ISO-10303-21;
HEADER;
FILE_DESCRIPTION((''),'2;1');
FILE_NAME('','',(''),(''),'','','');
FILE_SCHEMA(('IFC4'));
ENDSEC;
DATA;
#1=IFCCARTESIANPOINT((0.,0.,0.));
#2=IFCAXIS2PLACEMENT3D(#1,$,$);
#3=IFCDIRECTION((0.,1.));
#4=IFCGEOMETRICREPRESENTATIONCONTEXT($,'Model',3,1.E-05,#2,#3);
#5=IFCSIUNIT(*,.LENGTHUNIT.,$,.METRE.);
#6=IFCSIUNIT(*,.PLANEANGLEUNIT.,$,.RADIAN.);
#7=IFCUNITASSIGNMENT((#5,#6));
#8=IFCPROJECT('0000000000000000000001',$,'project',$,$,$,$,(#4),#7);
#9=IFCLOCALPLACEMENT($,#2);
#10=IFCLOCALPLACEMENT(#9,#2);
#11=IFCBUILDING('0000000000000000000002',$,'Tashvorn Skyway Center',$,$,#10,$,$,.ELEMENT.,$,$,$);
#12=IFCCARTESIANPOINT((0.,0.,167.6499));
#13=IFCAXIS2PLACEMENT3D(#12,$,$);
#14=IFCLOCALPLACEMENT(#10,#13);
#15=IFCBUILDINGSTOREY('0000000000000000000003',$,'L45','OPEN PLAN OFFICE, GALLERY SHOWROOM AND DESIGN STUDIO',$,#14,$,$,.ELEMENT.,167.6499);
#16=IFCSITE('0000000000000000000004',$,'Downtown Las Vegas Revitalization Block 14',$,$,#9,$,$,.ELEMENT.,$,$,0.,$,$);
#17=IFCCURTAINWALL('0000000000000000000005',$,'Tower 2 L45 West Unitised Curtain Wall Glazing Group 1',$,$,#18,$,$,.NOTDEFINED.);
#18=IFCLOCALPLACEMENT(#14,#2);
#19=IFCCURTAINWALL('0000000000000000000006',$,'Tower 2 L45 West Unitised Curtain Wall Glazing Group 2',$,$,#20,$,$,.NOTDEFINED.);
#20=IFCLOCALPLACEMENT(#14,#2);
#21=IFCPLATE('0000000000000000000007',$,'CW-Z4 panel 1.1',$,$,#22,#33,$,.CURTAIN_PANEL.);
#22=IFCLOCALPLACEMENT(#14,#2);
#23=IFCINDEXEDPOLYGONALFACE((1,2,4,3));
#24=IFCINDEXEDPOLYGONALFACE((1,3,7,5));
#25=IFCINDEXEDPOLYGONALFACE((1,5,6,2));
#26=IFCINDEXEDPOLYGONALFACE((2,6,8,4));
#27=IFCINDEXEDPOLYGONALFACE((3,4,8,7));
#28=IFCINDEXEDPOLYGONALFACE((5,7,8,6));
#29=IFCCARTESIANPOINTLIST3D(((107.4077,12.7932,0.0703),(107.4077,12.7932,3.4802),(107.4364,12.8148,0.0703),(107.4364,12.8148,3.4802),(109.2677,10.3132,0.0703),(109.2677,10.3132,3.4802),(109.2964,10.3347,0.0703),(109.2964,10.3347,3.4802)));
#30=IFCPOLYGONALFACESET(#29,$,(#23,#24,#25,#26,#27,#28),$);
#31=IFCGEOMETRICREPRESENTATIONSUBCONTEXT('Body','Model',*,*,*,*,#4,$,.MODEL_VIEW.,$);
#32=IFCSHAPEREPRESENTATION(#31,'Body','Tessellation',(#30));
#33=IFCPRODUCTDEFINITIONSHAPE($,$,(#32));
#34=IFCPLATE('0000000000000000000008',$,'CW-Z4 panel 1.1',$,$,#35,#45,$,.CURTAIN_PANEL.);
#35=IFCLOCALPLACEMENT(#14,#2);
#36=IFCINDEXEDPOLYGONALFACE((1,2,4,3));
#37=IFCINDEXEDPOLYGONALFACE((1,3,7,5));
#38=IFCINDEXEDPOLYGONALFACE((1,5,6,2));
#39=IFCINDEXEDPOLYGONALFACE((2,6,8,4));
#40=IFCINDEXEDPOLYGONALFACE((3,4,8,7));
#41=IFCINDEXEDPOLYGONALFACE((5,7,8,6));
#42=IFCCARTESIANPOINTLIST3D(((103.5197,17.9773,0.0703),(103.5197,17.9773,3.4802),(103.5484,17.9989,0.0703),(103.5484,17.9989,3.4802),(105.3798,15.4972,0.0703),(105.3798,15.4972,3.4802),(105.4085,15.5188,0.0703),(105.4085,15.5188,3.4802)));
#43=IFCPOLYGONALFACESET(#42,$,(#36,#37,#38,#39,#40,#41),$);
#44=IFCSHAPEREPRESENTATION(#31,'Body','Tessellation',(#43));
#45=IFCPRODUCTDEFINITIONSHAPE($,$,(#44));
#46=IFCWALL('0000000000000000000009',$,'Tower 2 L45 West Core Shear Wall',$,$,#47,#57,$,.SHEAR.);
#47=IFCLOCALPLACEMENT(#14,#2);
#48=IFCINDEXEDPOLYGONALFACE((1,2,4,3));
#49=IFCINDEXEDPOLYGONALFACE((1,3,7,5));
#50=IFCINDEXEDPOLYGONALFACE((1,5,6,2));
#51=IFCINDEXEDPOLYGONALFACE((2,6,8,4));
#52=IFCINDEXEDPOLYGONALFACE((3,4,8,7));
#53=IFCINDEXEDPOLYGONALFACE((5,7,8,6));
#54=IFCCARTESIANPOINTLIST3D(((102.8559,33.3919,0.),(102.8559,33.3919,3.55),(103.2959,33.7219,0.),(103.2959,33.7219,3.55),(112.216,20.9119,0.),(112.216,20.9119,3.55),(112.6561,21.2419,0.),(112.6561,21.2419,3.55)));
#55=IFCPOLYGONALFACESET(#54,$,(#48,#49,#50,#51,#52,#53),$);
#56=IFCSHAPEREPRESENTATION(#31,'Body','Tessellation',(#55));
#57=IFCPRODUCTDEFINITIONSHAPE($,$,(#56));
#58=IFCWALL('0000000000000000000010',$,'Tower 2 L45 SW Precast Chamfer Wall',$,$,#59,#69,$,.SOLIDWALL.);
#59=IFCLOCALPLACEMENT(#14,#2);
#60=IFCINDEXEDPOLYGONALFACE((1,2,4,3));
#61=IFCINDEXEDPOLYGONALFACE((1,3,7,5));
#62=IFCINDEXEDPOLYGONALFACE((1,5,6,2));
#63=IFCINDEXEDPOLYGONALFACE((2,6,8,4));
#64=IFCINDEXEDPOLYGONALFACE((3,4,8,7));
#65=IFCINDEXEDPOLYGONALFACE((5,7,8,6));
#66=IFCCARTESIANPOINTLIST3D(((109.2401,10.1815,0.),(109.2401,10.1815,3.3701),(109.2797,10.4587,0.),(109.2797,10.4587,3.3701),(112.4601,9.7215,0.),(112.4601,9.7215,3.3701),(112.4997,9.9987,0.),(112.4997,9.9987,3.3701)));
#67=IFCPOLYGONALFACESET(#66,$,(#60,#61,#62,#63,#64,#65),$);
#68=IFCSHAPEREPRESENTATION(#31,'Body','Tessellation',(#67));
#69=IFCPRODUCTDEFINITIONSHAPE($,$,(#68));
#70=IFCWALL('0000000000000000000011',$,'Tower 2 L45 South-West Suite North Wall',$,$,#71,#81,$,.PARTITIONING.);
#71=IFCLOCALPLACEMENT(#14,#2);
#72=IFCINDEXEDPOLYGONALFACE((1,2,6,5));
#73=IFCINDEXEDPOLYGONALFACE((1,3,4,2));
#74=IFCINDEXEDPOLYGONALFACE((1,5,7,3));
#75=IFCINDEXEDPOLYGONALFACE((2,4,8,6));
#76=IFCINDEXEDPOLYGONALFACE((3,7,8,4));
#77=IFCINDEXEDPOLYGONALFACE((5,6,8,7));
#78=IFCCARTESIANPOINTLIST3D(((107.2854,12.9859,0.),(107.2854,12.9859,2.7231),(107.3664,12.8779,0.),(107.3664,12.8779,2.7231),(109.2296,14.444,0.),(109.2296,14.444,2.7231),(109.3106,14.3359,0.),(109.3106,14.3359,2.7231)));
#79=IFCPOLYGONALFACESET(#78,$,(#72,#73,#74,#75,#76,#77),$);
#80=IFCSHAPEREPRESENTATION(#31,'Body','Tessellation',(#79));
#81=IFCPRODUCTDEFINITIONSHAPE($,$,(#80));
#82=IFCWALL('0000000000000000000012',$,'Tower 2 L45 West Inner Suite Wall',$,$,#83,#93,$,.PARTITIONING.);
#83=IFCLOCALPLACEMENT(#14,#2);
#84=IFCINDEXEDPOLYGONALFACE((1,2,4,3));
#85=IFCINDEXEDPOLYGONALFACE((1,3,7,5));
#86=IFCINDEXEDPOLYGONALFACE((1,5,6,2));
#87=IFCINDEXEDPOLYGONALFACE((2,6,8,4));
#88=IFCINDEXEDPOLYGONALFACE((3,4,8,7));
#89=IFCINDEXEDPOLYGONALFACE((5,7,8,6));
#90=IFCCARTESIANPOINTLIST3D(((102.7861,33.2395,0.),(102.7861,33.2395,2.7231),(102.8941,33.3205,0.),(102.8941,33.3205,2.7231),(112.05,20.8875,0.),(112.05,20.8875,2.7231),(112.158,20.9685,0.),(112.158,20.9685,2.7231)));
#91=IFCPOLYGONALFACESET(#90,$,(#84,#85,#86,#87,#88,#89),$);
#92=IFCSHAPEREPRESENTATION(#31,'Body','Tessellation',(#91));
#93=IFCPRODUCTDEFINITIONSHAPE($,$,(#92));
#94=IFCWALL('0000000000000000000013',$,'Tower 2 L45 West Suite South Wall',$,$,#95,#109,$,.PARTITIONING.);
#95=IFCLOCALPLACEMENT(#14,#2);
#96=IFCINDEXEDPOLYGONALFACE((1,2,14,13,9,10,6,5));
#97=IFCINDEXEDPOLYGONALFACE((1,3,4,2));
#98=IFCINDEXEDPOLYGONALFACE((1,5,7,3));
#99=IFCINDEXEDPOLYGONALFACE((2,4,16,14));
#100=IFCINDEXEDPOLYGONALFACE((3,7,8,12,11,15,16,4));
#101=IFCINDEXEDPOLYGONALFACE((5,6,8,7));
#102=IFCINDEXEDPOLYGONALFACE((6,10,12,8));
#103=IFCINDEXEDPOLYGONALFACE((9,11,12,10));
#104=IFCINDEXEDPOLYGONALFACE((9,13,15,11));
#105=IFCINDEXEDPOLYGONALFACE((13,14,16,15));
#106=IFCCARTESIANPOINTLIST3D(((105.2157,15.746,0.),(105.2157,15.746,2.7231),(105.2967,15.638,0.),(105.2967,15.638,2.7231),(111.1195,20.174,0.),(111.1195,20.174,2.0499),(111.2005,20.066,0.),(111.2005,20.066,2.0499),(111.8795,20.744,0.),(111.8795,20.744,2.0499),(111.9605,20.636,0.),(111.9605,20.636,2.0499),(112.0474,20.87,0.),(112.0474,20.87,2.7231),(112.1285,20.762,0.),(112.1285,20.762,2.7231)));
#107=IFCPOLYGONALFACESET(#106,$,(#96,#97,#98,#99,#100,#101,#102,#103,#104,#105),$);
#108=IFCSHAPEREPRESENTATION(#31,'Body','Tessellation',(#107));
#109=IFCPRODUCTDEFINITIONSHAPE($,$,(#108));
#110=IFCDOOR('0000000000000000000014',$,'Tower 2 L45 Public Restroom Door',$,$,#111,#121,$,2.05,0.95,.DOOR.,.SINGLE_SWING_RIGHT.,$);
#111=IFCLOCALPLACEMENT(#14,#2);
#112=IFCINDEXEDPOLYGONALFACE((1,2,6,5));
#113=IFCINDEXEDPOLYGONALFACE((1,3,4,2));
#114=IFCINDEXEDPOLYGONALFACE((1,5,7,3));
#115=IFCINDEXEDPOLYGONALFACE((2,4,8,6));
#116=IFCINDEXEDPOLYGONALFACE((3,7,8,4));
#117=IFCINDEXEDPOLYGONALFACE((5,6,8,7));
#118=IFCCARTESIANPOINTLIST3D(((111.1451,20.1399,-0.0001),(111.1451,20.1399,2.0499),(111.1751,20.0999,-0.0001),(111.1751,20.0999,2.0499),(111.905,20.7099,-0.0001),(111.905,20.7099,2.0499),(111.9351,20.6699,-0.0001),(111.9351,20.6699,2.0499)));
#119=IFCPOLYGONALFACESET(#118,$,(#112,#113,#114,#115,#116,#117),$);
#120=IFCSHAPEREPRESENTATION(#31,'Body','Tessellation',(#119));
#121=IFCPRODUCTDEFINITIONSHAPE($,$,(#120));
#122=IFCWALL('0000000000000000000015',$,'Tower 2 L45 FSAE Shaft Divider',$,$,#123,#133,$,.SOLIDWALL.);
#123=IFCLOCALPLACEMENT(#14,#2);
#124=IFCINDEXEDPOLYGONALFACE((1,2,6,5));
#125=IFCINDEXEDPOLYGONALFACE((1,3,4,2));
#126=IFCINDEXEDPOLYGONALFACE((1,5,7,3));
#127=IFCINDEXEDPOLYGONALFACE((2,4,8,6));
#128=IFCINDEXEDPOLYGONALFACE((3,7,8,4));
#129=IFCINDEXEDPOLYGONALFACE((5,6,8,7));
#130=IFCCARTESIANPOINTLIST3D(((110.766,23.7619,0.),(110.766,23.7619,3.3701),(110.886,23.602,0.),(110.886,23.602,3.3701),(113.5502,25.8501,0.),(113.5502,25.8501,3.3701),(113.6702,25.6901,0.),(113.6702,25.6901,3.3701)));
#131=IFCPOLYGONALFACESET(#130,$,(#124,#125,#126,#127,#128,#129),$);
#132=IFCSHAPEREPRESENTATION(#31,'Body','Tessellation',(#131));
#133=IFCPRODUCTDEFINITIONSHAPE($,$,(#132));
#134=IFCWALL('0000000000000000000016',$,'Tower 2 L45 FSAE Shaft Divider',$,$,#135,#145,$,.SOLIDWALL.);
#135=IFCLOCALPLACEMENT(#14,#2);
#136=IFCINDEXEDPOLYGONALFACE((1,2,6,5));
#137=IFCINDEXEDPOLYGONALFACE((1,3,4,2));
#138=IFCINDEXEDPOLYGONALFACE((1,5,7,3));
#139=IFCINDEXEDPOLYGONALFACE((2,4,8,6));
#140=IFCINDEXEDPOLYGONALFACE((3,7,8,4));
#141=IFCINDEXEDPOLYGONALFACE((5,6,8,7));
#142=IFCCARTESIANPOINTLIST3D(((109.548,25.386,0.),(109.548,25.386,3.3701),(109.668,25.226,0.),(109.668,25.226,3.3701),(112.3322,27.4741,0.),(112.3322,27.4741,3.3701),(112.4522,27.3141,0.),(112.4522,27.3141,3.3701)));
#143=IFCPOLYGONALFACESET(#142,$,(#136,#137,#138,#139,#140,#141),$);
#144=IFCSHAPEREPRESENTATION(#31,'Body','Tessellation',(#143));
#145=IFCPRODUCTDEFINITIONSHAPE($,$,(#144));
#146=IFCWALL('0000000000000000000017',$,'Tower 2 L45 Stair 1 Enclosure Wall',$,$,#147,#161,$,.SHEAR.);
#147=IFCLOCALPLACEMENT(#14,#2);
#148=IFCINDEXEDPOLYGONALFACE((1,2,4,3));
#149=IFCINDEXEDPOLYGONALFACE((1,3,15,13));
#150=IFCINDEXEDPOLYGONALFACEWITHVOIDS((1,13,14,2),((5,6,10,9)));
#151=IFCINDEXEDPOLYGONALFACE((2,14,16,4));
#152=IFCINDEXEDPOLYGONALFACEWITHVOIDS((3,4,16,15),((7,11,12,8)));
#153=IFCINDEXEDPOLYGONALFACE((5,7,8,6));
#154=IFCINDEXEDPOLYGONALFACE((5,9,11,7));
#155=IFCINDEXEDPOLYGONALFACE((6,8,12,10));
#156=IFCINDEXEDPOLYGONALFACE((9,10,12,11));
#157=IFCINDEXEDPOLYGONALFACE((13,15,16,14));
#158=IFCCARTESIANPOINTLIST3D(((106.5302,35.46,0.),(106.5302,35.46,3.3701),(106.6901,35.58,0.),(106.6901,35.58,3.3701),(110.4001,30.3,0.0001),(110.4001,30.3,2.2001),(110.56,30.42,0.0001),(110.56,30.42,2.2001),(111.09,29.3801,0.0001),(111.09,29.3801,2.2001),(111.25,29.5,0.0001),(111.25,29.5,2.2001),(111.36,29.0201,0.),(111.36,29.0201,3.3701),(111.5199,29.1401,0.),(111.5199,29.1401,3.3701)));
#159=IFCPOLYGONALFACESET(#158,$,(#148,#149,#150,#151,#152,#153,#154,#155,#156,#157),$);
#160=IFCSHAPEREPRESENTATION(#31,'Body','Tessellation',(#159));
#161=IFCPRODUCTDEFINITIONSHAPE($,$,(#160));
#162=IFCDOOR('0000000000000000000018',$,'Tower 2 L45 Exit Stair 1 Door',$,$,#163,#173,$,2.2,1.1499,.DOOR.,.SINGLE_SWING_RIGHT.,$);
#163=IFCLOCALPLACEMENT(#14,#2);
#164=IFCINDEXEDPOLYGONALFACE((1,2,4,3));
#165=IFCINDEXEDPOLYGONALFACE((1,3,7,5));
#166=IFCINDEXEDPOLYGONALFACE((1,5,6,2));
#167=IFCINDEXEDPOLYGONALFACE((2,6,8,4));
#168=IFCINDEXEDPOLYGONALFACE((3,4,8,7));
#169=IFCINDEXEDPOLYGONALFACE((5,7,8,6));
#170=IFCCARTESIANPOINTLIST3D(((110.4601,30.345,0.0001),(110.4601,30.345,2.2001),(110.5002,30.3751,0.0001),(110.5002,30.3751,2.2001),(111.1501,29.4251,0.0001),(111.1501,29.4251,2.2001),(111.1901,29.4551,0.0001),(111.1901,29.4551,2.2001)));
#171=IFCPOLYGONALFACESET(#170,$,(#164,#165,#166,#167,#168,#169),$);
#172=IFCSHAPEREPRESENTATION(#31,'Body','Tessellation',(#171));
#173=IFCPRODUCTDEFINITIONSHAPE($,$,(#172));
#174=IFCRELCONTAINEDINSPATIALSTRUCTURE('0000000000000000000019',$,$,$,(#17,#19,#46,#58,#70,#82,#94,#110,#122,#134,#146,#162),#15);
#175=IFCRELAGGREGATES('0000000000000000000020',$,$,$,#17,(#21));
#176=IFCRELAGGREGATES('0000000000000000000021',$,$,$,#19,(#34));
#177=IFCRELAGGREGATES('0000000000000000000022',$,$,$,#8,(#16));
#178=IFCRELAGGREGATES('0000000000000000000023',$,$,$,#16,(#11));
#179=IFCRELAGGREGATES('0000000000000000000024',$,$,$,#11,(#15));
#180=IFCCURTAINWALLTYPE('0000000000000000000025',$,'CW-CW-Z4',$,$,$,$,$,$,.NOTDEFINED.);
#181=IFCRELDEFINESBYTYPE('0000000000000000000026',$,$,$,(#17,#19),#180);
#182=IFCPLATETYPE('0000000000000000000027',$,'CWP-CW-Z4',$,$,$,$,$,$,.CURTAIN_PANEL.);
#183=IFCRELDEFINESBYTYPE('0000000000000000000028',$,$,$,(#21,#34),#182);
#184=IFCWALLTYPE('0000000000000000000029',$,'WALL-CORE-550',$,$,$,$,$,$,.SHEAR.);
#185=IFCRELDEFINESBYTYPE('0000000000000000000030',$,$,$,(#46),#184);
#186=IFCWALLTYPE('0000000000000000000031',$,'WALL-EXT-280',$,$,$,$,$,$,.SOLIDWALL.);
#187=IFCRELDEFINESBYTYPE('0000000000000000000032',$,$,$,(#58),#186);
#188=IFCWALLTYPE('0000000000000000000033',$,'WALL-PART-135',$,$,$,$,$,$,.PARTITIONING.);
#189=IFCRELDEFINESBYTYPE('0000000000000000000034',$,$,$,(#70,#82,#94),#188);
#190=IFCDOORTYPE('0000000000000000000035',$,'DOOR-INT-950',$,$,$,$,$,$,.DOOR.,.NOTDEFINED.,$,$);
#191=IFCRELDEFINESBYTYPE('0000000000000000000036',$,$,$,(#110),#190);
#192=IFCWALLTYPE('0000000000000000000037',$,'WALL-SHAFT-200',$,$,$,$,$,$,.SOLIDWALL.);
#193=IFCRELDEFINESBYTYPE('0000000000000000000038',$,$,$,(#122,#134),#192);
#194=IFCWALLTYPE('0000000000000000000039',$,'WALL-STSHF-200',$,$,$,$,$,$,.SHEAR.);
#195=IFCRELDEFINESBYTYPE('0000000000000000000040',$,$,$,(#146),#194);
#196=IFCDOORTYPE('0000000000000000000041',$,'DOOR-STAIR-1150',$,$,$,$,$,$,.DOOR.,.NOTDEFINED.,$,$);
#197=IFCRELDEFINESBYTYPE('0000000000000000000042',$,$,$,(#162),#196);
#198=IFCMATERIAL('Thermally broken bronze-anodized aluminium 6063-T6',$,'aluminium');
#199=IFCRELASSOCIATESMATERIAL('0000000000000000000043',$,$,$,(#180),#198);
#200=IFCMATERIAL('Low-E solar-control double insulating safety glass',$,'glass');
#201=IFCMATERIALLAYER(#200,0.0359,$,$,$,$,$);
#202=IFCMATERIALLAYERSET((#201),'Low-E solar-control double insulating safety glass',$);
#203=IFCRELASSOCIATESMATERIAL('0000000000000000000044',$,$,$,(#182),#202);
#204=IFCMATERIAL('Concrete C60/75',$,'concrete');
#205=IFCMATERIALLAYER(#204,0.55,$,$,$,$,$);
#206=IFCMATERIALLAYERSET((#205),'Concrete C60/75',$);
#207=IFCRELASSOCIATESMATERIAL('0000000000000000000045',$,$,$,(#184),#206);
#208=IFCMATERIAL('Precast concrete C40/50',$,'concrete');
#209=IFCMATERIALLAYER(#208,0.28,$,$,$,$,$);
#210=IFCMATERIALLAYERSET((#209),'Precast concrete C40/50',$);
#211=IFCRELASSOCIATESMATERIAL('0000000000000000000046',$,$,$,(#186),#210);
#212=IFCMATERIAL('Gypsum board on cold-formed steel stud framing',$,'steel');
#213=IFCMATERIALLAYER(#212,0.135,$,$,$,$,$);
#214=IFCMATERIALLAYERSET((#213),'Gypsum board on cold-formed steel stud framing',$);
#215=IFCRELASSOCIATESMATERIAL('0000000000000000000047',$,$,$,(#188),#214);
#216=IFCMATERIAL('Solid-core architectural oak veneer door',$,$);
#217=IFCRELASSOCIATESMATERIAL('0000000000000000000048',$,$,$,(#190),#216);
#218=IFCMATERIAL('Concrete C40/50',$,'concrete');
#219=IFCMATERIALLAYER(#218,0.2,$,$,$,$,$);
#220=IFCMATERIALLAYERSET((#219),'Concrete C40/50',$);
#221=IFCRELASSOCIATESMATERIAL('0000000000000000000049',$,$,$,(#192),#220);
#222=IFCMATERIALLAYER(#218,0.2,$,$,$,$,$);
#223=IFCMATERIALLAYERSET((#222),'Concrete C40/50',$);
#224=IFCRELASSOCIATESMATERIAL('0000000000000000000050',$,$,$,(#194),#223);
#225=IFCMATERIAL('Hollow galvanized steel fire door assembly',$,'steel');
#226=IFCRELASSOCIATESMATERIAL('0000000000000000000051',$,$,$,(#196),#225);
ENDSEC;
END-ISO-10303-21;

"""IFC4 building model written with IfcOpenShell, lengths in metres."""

from ifc_helpers import new_model, si_unit, direction, frame, frame_2d, origin, origin_2d, place, context, subcontext, project, spatial, rectangle, extrude, material, layer, layer_set, type_object, element, fill, aggregate, save


model = new_model("IFC4")

# Units and contexts
model_context = context("Model", 3, precision=1e-05, world=origin(), true_north=direction((0.0, 1.0)))
body_context = subcontext(model_context, "Body", "Model", "MODEL_VIEW")
ifc_project = project(units=[si_unit("LENGTHUNIT", "METRE"), si_unit("PLANEANGLEUNIT", "RADIAN")], contexts=[model_context])

# Site, building, storey
site_placement = place(None, origin())
site = spatial("IfcSite", under=ifc_project, at=site_placement, Name="Downtown Las Vegas Revitalization Block 14", CompositionType="ELEMENT", RefElevation=0.0)
building_placement = place(site_placement, origin())
building = spatial("IfcBuilding", under=site, at=building_placement, Name="Tashvorn Skyway Center", CompositionType="ELEMENT")
storey_placement = place(building_placement, frame((0.0, 0.0, 167.6499)))
storey = spatial("IfcBuildingStorey", under=building, at=storey_placement, Name="L45", Description="OPEN PLAN OFFICE, GALLERY SHOWROOM AND DESIGN STUDIO", CompositionType="ELEMENT", Elevation=167.6499)

# Curtain walls
ifc_material_1 = material(Name="Thermally broken bronze-anodized aluminium 6063-T6", Category="aluminium")
curtain_wall_type = type_object("IfcCurtainWallType", Name="CW-CW-Z4", PredefinedType="NOTDEFINED", material=ifc_material_1)
curtain_wall_1_placement = place(storey_placement, origin())
curtain_wall_1 = element("IfcCurtainWall", 1, at=curtain_wall_1_placement, inside=storey, type_object=curtain_wall_type, Name="Tower 2 L45 West Unitised Curtain Wall Glazing Group 1", PredefinedType="NOTDEFINED")
curtain_wall_2_placement = place(storey_placement, origin())
curtain_wall_2 = element("IfcCurtainWall", 2, at=curtain_wall_2_placement, inside=storey, type_object=curtain_wall_type, Name="Tower 2 L45 West Unitised Curtain Wall Glazing Group 2", PredefinedType="NOTDEFINED")

# Plates
ifc_material_2 = material(Name="Low-E solar-control double insulating safety glass", Category="glass")
ifc_layer_1 = layer(ifc_material_2, 0.0359)
ifc_layer_set_1 = layer_set([ifc_layer_1], Name="Low-E solar-control double insulating safety glass")
plate_type = type_object("IfcPlateType", Name="CWP-CW-Z4", PredefinedType="CURTAIN_PANEL", material=ifc_layer_set_1)
plate_1_placement = place(storey_placement, frame((108.3521, 11.564, 0.0703), z_axis=(0.0, 0.0, 1.0), x_axis=(-0.6, 0.8, 0.0)))
plate_1 = element("IfcPlate", 3, at=plate_1_placement, type_object=plate_type, Name="CW-Z4 panel 1.1", PredefinedType="CURTAIN_PANEL", context=body_context, shape_type="SweptSolid", body=[
    extrude(rectangle(XDim=3.1001, YDim=0.0359, at=origin_2d()), origin(), (0.0, 0.0, 1.0), 3.4099),
])
aggregate(curtain_wall_1, [plate_1])
plate_2_placement = place(storey_placement, frame((104.4641, 16.748, 0.0703), z_axis=(0.0, 0.0, 1.0), x_axis=(-0.6, 0.8, 0.0)))
plate_2 = element("IfcPlate", 4, at=plate_2_placement, type_object=plate_type, Name="CW-Z4 panel 1.1", PredefinedType="CURTAIN_PANEL", context=body_context, shape_type="SweptSolid", body=[
    extrude(rectangle(XDim=3.1001, YDim=0.0359, at=origin_2d()), origin(), (0.0, 0.0, 1.0), 3.4099),
])
aggregate(curtain_wall_2, [plate_2])

# Walls
ifc_material_3 = material(Name="Concrete C60/75", Category="concrete")
ifc_layer_2 = layer(ifc_material_3, 0.55)
ifc_layer_set_2 = layer_set([ifc_layer_2], Name="Concrete C60/75")
wall_type_1 = type_object("IfcWallType", Name="WALL-CORE-550", PredefinedType="SHEAR", material=ifc_layer_set_2)
wall_1_placement = place(storey_placement, frame((112.436, 21.0769, 0.0), z_axis=(0.0, 0.0, 1.0), x_axis=(-0.600005, 0.799996, 0.0)))
element("IfcWall", 5, at=wall_1_placement, inside=storey, type_object=wall_type_1, Name="Tower 2 L45 West Core Shear Wall", PredefinedType="SHEAR", context=body_context, shape_type="SweptSolid", body=[
    extrude(rectangle(XDim=15.6001, YDim=0.55, at=frame_2d((7.8, 0.0))), origin(), (0.0, 0.0, 1.0), 3.55),
])
ifc_material_4 = material(Name="Precast concrete C40/50", Category="concrete")
ifc_layer_3 = layer(ifc_material_4, 0.28)
ifc_layer_set_3 = layer_set([ifc_layer_3], Name="Precast concrete C40/50")
wall_type_2 = type_object("IfcWallType", Name="WALL-EXT-280", PredefinedType="SOLIDWALL", material=ifc_layer_set_3)
wall_2_placement = place(storey_placement, frame((112.48, 9.8601, 0.0), z_axis=(0.0, 0.0, 1.0), x_axis=(-0.989951, 0.141411, 0.0)))
element("IfcWall", 6, at=wall_2_placement, inside=storey, type_object=wall_type_2, Name="Tower 2 L45 SW Precast Chamfer Wall", PredefinedType="SOLIDWALL", context=body_context, shape_type="SweptSolid", body=[
    extrude(rectangle(XDim=3.2527, YDim=0.28, at=frame_2d((1.6265, 0.0))), origin(), (0.0, 0.0, 1.0), 3.3701),
])
ifc_material_5 = material(Name="Gypsum board on cold-formed steel stud framing", Category="steel")
ifc_layer_4 = layer(ifc_material_5, 0.135)
ifc_layer_set_4 = layer_set([ifc_layer_4], Name="Gypsum board on cold-formed steel stud framing")
wall_type_3 = type_object("IfcWallType", Name="WALL-PART-135", PredefinedType="PARTITIONING", material=ifc_layer_set_4)
wall_3_placement = place(storey_placement, frame((107.3259, 12.9319, 0.0), z_axis=(0.0, 0.0, 1.0), x_axis=(0.800012, 0.599984, 0.0)))
element("IfcWall", 7, at=wall_3_placement, inside=storey, type_object=wall_type_3, Name="Tower 2 L45 South-West Suite North Wall", PredefinedType="PARTITIONING", context=body_context, shape_type="SweptSolid", body=[
    extrude(rectangle(XDim=2.4302, YDim=0.135, at=frame_2d((1.2151, 0.0))), origin(), (0.0, 0.0, 1.0), 2.7231),
])
wall_4_placement = place(storey_placement, frame((112.104, 20.928, 0.0), z_axis=(0.0, 0.0, 1.0), x_axis=(-0.599995, 0.800004, 0.0)))
element("IfcWall", 8, at=wall_4_placement, inside=storey, type_object=wall_type_3, Name="Tower 2 L45 West Inner Suite Wall", PredefinedType="PARTITIONING", context=body_context, shape_type="SweptSolid", body=[
    extrude(rectangle(XDim=15.4399, YDim=0.135, at=frame_2d((7.72, 0.0))), origin(), (0.0, 0.0, 1.0), 2.7231),
])

# Wall, opening, door
wall_5_placement = place(storey_placement, frame((105.2561, 15.6919, 0.0), z_axis=(0.0, 0.0, 1.0), x_axis=(0.79999, 0.600014, 0.0)))
wall_5 = element("IfcWall", 9, at=wall_5_placement, inside=storey, type_object=wall_type_3, Name="Tower 2 L45 West Suite South Wall", PredefinedType="PARTITIONING", context=body_context, shape_type="SweptSolid", body=[
    extrude(rectangle(XDim=8.5398, YDim=0.135, at=frame_2d((4.27, 0.0))), origin(), (0.0, 0.0, 1.0), 2.7231),
])
opening_1_placement = place(wall_5_placement, frame((7.3799, 0.0, 0.0)))
opening_1 = element("IfcOpeningElement", 10, at=opening_1_placement, cuts=wall_5, PredefinedType="OPENING", context=body_context, shape_type="SweptSolid", body=[
    extrude(rectangle(XDim=0.95, YDim=2.05, at=frame_2d((0.4751, 1.0249))), frame((0.0, 0.0774, 0.0), z_axis=(0.0, -1.0, 0.0), x_axis=(1.0, 0.0, 0.0)), (0.0, 0.0, 1.0), 0.155),
])
ifc_material_6 = material(Name="Solid-core architectural oak veneer door")
door_type_1 = type_object("IfcDoorType", Name="DOOR-INT-950", OperationType="NOTDEFINED", PredefinedType="DOOR", material=ifc_material_6)
door_1_placement = place(opening_1_placement, origin())
door_1 = element("IfcDoor", 11, at=door_1_placement, inside=storey, type_object=door_type_1, Name="Tower 2 L45 Public Restroom Door", OperationType="SINGLE_SWING_RIGHT", OverallHeight=2.05, OverallWidth=0.95, PredefinedType="DOOR", context=body_context, shape_type="SweptSolid", body=[
    extrude(rectangle(XDim=0.95, YDim=2.05, at=frame_2d((0.4751, 1.0249))), frame((0.0, 0.0249, 0.0), z_axis=(0.0, -1.0, 0.0), x_axis=(1.0, 0.0, 0.0)), (0.0, 0.0, 1.0), 0.05),
])
fill(opening_1, door_1)

# Walls
ifc_material_7 = material(Name="Concrete C40/50", Category="concrete")
ifc_layer_5 = layer(ifc_material_7, 0.2)
ifc_layer_set_5 = layer_set([ifc_layer_5], Name="Concrete C40/50")
wall_type_4 = type_object("IfcWallType", Name="WALL-SHAFT-200", PredefinedType="SOLIDWALL", material=ifc_layer_set_5)
for number, where, z_axis, x_axis, name in (
    (12, (110.8259, 23.6819, 0.0), (0.0, 0.0, 1.0), (0.8, 0.6, 0.0), "Tower 2 L45 FSAE Shaft Divider"),
    (13, (109.6079, 25.3059, 0.0), (0.0, 0.0, 1.0), (0.8, 0.6, 0.0), "Tower 2 L45 FSAE Shaft Divider"),
):
    element("IfcWall", number, at=place(storey_placement, frame(where, z_axis=z_axis, x_axis=x_axis)), inside=storey, type_object=wall_type_4, Name=name, PredefinedType="SOLIDWALL", context=body_context, shape_type="SweptSolid", body=[
        extrude(rectangle(XDim=3.4802, YDim=0.2, at=frame_2d((1.7402, 0.0))), origin(), (0.0, 0.0, 1.0), 3.3701),
    ])

# Wall, opening, door
ifc_layer_6 = layer(ifc_material_7, 0.2)
ifc_layer_set_6 = layer_set([ifc_layer_6], Name="Concrete C40/50")
wall_type_5 = type_object("IfcWallType", Name="WALL-STSHF-200", PredefinedType="SHEAR", material=ifc_layer_set_6)
wall_6_placement = place(storey_placement, frame((111.4399, 29.0801, 0.0), z_axis=(0.0, 0.0, 1.0), x_axis=(-0.59999, 0.800007, 0.0)))
wall_6 = element("IfcWall", 14, at=wall_6_placement, inside=storey, type_object=wall_type_5, Name="Tower 2 L45 Stair 1 Enclosure Wall", PredefinedType="SHEAR", context=body_context, shape_type="SweptSolid", body=[
    extrude(rectangle(XDim=8.0498, YDim=0.2, at=frame_2d((4.0249, 0.0))), origin(), (0.0, 0.0, 1.0), 3.3701),
])
opening_2_placement = place(wall_6_placement, frame((0.45, 0.0, 0.0)))
opening_2 = element("IfcOpeningElement", 15, at=opening_2_placement, cuts=wall_6, PredefinedType="OPENING", context=body_context, shape_type="SweptSolid", body=[
    extrude(rectangle(XDim=1.1499, YDim=2.2, at=frame_2d((0.575, 1.1001))), frame((0.0, 0.1099, 0.0), z_axis=(0.0, -1.0, 0.0), x_axis=(1.0, 0.0, 0.0)), (0.0, 0.0, 1.0), 0.22),
])
ifc_material_8 = material(Name="Hollow galvanized steel fire door assembly", Category="steel")
door_type_2 = type_object("IfcDoorType", Name="DOOR-STAIR-1150", OperationType="NOTDEFINED", PredefinedType="DOOR", material=ifc_material_8)
door_2_placement = place(opening_2_placement, origin())
door_2 = element("IfcDoor", 16, at=door_2_placement, inside=storey, type_object=door_type_2, Name="Tower 2 L45 Exit Stair 1 Door", OperationType="SINGLE_SWING_RIGHT", OverallHeight=2.2, OverallWidth=1.1499, PredefinedType="DOOR", context=body_context, shape_type="SweptSolid", body=[
    extrude(rectangle(XDim=1.1499, YDim=2.2, at=frame_2d((0.575, 1.1001))), frame((0.0, 0.0249, 0.0), z_axis=(0.0, -1.0, 0.0), x_axis=(1.0, 0.0, 0.0)), (0.0, 0.0, 1.0), 0.05),
])
fill(opening_2, door_2)

save(model, "model.ifc")
